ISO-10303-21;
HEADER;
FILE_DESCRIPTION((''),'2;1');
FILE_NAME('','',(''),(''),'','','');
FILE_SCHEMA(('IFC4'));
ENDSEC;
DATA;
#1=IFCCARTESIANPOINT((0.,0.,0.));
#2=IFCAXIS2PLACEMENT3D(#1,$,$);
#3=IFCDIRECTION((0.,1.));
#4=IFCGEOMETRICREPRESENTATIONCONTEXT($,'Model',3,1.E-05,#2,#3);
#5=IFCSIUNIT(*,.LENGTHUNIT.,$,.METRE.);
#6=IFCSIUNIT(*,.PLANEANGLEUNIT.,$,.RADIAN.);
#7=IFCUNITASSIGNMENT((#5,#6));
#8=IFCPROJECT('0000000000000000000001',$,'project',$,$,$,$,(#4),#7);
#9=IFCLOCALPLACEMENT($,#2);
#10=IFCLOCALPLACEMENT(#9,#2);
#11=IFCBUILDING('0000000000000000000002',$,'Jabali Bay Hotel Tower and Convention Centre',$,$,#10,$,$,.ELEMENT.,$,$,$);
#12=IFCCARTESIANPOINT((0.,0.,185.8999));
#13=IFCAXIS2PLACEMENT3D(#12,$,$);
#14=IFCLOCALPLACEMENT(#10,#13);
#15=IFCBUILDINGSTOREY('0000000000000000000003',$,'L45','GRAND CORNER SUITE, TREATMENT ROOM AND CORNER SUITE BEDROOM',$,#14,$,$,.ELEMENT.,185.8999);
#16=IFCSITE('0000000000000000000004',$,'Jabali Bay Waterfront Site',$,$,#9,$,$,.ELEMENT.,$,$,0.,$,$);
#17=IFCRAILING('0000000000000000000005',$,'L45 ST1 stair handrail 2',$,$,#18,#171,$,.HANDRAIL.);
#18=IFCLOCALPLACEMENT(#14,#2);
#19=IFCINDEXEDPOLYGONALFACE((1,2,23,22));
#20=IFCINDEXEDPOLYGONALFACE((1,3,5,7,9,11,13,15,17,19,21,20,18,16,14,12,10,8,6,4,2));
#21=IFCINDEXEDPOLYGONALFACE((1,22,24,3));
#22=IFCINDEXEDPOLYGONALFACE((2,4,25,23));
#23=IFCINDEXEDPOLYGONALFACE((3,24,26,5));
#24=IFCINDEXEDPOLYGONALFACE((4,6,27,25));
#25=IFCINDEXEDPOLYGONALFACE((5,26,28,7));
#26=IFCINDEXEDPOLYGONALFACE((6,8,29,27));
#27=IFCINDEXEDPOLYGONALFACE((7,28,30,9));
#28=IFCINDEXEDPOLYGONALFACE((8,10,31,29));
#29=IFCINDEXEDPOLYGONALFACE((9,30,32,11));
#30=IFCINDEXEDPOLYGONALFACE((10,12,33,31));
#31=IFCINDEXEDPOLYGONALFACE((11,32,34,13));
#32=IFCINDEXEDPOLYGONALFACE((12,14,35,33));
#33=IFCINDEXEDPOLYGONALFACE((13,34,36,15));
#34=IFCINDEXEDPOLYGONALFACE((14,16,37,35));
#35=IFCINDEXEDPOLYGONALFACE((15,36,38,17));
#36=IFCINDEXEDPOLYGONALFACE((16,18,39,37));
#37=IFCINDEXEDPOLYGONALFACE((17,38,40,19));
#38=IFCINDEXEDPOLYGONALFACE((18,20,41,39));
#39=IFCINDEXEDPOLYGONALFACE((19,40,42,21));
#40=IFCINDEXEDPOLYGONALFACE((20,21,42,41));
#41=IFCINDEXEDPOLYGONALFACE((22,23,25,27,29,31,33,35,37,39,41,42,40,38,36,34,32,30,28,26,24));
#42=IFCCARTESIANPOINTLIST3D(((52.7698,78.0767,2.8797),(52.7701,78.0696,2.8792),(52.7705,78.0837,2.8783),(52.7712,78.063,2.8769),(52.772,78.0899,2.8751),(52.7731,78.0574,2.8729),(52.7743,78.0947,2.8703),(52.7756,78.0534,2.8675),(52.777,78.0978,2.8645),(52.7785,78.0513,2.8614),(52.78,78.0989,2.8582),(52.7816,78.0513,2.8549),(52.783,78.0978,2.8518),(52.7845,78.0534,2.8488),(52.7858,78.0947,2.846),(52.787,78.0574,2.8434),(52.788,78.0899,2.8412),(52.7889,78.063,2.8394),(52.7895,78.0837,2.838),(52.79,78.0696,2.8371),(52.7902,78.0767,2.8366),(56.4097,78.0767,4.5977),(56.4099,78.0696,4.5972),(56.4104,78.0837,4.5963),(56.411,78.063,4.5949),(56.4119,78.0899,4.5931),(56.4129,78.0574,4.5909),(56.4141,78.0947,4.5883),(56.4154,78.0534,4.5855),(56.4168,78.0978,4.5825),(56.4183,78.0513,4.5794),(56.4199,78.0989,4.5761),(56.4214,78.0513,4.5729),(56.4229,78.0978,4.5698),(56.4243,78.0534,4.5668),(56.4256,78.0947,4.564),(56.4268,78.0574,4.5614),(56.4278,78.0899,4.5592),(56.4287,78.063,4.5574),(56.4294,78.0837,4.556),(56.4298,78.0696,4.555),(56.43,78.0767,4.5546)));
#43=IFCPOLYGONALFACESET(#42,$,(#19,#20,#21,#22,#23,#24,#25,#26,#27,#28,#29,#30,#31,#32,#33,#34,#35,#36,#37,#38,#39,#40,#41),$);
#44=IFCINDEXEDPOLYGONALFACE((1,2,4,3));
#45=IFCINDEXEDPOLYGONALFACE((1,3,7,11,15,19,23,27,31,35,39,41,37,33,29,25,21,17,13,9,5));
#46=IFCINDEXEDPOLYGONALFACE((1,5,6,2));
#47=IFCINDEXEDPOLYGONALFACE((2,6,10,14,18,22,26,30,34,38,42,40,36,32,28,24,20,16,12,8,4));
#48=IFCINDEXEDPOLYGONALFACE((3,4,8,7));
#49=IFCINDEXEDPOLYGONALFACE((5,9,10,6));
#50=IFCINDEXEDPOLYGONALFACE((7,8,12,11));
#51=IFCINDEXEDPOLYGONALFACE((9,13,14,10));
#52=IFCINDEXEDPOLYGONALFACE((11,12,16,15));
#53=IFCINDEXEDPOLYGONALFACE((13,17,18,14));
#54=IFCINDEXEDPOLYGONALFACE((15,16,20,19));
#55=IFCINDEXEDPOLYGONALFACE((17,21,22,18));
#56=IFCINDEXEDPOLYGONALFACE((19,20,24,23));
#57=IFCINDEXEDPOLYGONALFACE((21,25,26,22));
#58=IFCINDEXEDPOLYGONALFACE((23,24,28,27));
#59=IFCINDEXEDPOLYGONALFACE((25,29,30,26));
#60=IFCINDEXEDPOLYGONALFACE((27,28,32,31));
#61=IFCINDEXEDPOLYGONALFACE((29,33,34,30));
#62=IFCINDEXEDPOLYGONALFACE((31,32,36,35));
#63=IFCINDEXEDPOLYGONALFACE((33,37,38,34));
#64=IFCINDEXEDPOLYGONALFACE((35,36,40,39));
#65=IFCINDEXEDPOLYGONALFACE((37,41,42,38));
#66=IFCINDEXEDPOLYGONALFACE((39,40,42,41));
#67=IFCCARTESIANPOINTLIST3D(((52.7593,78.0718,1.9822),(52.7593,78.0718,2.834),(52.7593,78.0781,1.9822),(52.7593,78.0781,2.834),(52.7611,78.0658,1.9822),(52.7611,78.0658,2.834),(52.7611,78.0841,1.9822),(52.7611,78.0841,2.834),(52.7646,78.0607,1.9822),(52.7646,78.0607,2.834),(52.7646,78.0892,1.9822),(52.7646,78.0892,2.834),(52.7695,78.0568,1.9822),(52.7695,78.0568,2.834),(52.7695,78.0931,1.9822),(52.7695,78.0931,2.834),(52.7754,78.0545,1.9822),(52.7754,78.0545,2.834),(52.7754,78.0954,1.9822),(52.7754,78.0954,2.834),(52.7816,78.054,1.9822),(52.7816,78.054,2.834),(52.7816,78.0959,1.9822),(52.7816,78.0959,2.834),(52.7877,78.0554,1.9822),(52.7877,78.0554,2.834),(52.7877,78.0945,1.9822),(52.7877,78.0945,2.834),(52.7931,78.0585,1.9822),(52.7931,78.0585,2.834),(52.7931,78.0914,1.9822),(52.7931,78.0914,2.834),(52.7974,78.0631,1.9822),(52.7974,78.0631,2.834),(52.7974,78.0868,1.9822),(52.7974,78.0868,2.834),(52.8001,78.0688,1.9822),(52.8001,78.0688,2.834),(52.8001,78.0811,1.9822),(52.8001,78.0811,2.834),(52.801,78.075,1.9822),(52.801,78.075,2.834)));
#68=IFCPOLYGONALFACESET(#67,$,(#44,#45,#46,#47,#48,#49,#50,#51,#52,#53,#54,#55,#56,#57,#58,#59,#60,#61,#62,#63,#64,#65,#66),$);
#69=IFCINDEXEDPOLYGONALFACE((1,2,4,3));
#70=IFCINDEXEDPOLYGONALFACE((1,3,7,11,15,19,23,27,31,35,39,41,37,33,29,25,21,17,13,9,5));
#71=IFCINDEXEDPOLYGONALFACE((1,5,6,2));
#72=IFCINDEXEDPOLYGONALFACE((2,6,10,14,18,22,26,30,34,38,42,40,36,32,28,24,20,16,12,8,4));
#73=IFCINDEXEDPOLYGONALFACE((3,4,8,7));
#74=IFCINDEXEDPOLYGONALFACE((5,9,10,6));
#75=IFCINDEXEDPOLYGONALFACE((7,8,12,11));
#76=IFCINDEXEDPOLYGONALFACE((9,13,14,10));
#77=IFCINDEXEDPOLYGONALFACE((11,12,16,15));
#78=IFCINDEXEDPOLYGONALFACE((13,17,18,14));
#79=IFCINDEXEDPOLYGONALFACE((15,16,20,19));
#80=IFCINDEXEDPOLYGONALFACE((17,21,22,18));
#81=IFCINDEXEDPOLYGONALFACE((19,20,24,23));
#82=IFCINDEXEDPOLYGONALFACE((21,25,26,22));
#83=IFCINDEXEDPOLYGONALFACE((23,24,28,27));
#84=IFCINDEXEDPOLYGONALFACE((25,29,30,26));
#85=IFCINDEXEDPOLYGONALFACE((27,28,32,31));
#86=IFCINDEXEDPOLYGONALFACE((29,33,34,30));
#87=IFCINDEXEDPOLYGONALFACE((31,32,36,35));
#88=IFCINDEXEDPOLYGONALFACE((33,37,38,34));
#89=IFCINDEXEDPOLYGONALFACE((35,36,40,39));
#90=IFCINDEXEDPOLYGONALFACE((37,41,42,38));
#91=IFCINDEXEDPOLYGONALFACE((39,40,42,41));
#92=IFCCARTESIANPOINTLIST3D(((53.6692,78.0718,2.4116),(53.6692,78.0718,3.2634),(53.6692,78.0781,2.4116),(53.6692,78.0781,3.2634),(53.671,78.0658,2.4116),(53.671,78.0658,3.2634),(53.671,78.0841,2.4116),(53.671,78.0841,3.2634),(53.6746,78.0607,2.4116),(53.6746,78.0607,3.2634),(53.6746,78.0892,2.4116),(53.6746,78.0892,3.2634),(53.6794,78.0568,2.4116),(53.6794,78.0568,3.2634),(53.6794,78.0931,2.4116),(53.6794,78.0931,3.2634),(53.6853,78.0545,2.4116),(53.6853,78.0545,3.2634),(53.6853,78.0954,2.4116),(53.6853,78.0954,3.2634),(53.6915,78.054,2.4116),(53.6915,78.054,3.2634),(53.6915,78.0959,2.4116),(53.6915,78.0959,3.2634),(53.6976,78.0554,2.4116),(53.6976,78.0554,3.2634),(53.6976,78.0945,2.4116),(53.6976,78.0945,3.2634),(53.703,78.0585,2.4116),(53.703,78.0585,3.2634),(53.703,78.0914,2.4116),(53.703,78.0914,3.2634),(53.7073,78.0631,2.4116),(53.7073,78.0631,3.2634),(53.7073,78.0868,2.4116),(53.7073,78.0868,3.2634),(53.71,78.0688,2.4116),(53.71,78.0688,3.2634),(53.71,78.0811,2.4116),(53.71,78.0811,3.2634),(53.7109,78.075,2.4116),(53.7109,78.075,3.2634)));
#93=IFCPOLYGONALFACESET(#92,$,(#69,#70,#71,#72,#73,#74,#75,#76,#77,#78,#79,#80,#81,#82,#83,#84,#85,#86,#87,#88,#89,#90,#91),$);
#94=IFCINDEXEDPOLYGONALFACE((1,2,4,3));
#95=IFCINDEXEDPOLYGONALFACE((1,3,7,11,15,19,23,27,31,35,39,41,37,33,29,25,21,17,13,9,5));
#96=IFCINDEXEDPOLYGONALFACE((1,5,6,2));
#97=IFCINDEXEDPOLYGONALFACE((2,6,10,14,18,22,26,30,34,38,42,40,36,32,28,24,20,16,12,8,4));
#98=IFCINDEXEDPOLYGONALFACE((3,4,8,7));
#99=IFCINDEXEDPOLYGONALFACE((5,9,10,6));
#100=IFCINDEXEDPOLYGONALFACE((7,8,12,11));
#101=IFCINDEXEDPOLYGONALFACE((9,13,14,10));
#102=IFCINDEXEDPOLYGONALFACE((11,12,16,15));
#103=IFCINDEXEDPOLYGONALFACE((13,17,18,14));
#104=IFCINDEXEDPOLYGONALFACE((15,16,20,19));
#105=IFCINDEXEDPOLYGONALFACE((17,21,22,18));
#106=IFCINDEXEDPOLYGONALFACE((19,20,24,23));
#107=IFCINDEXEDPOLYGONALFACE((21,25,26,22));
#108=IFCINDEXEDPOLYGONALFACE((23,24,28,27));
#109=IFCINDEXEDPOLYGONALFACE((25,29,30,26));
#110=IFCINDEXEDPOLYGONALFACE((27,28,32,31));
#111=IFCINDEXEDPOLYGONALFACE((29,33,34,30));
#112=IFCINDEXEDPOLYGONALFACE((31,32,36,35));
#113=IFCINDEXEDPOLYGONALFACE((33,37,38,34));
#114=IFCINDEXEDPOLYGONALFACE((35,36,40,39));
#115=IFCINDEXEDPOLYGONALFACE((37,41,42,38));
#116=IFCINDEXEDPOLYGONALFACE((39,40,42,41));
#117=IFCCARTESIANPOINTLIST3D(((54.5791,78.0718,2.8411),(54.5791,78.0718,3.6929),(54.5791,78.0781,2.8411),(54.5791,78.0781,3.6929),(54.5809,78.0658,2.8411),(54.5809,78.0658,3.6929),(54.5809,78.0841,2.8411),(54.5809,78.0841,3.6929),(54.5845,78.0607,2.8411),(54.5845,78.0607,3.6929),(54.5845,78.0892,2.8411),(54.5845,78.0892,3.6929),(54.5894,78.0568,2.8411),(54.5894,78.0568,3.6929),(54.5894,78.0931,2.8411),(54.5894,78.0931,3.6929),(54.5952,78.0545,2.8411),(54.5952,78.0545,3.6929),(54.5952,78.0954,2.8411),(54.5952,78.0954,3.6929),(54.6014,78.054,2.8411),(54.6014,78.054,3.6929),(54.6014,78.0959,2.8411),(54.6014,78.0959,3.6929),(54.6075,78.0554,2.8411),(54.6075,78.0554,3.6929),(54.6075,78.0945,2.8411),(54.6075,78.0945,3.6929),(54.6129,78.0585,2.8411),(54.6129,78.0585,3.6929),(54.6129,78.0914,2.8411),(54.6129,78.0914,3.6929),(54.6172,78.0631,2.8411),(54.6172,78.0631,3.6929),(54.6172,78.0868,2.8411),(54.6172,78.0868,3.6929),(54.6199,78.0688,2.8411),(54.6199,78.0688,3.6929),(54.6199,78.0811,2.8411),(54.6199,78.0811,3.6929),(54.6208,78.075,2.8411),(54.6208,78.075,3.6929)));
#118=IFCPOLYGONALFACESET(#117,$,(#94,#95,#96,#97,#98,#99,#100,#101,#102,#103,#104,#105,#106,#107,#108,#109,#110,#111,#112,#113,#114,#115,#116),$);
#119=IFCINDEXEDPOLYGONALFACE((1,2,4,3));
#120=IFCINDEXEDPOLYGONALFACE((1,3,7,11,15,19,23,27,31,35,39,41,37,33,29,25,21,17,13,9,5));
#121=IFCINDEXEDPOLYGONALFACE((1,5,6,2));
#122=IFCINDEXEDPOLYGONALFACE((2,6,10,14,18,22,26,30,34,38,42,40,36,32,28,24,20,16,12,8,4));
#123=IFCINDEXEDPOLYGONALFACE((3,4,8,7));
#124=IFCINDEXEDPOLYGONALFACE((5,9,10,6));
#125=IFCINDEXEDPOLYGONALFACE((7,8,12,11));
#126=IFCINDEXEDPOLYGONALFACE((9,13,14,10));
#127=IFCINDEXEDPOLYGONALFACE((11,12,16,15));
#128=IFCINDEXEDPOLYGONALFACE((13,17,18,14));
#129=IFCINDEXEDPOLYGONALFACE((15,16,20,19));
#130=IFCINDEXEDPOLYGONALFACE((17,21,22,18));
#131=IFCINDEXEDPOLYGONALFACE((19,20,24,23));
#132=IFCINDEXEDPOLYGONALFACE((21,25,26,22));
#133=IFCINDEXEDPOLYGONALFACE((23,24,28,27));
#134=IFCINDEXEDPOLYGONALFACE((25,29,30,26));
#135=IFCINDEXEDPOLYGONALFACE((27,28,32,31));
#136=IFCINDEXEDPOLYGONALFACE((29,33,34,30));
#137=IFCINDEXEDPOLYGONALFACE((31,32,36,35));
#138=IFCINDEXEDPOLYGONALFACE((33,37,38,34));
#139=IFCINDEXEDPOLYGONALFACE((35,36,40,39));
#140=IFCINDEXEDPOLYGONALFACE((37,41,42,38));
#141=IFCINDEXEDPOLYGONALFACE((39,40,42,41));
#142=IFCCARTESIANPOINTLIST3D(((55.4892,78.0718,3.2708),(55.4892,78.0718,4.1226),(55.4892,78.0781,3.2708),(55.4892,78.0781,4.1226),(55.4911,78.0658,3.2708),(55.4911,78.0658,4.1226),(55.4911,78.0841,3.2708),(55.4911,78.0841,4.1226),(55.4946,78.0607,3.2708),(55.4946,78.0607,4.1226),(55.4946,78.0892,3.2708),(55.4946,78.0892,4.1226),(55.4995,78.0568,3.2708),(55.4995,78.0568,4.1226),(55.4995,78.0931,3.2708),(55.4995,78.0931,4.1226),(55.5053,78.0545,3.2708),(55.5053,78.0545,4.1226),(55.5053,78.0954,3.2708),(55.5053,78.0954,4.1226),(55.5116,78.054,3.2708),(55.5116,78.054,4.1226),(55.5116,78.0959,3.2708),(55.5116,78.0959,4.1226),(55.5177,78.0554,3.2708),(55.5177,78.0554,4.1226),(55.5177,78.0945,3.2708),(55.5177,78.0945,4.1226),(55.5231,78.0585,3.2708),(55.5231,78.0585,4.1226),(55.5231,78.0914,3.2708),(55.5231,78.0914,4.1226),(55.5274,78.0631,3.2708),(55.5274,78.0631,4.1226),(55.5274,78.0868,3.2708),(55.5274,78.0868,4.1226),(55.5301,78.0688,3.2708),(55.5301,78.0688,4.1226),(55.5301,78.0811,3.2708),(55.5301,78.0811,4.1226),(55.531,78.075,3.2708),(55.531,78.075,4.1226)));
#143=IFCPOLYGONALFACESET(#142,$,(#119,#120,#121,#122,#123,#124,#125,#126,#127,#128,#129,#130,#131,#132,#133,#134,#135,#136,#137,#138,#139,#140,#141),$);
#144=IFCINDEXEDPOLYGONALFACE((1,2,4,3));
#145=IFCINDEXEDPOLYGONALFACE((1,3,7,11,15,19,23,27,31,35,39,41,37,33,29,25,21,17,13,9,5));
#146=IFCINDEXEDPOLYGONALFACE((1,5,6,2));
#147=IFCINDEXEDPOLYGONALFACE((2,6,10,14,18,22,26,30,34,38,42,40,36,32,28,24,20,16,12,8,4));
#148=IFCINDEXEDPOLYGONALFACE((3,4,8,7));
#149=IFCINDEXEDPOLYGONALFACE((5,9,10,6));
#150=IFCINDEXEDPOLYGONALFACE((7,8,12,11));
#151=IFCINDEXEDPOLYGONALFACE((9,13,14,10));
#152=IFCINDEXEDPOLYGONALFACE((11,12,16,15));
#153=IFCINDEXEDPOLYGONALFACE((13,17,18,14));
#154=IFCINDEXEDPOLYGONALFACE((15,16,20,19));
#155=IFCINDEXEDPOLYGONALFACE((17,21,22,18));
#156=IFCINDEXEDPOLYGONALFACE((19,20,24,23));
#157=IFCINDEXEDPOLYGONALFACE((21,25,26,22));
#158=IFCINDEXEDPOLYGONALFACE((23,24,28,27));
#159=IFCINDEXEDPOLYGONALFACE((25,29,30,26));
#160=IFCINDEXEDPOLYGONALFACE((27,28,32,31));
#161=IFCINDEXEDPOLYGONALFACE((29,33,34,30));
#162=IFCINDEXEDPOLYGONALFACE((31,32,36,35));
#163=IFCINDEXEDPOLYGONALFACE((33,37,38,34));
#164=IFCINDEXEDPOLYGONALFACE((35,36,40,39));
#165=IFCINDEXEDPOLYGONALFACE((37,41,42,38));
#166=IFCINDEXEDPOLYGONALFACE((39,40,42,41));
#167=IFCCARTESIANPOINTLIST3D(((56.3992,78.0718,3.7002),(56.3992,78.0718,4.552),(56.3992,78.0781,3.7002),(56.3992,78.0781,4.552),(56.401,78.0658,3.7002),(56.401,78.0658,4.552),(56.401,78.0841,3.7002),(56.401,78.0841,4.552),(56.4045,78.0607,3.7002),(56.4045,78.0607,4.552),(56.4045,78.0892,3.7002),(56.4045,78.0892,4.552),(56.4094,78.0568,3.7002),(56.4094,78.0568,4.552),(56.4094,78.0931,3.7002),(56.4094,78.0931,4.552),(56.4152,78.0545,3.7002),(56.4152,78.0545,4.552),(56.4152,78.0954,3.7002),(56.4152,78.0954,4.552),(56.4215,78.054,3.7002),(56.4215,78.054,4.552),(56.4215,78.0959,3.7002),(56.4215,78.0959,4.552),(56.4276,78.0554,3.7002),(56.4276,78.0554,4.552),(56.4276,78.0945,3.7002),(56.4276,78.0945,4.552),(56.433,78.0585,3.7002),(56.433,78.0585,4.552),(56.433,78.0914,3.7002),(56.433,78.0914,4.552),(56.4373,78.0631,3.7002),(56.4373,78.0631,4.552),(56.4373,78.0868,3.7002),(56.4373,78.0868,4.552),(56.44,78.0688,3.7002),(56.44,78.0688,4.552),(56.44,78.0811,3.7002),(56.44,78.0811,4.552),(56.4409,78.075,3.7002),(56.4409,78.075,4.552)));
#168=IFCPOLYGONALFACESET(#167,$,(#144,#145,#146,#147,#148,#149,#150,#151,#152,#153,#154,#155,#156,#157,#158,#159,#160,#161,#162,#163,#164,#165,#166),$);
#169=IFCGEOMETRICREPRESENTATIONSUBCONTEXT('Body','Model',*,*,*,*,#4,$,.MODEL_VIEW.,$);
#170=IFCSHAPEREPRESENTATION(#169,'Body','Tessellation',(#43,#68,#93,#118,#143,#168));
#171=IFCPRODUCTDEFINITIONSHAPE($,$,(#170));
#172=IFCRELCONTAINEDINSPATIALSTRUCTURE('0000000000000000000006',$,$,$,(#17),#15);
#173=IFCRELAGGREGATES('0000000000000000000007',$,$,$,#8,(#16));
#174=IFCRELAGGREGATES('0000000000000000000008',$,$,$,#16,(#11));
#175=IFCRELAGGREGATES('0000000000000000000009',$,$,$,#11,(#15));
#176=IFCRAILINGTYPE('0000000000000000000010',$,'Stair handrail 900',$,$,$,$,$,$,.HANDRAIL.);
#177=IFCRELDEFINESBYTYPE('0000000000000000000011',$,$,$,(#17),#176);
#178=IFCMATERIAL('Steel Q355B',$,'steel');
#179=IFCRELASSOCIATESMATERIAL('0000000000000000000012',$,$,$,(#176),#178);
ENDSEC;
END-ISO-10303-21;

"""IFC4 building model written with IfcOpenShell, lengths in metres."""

from ifc_helpers import new_model, si_unit, direction, frame, origin, origin_2d, place, context, subcontext, project, spatial, circle, extrude, material, type_object, element, save


model = new_model("IFC4")

# Units and contexts
model_context = context("Model", 3, precision=1e-05, world=origin(), true_north=direction((0.0, 1.0)))
body_context = subcontext(model_context, "Body", "Model", "MODEL_VIEW")
ifc_project = project(units=[si_unit("LENGTHUNIT", "METRE"), si_unit("PLANEANGLEUNIT", "RADIAN")], contexts=[model_context])

# Site, building, storey
site_placement = place(None, origin())
site = spatial("IfcSite", under=ifc_project, at=site_placement, Name="Jabali Bay Waterfront Site", CompositionType="ELEMENT", RefElevation=0.0)
building_placement = place(site_placement, origin())
building = spatial("IfcBuilding", under=site, at=building_placement, Name="Jabali Bay Hotel Tower and Convention Centre", CompositionType="ELEMENT")
storey_placement = place(building_placement, frame((0.0, 0.0, 185.8999)))
storey = spatial("IfcBuildingStorey", under=building, at=storey_placement, Name="L45", Description="GRAND CORNER SUITE, TREATMENT ROOM AND CORNER SUITE BEDROOM", CompositionType="ELEMENT", Elevation=185.8999)

# Railing
ifc_material_1 = material(Name="Steel Q355B", Category="steel")
railing_type = type_object("IfcRailingType", Name="Stair handrail 900", PredefinedType="HANDRAIL", material=ifc_material_1)
railing_placement = place(storey_placement, frame((52.78, 78.075, 1.9822)))
element("IfcRailing", 1, at=railing_placement, inside=storey, type_object=railing_type, Name="L45 ST1 stair handrail 2", PredefinedType="HANDRAIL", context=body_context, shape_type="SweptSolid", body=[
    extrude(circle(Radius=0.0239, at=origin_2d()), frame((0.0, 0.0, 0.876), z_axis=(0.904327, 0.0, 0.42684), x_axis=(0.0, 1.0, 0.0)), (0.0, 0.0, 1.0), 4.0249),
    extrude(circle(Radius=0.021, at=origin_2d()), origin(), (0.0, 0.0, 1.0), 0.8518),
    extrude(circle(Radius=0.021, at=origin_2d()), frame((0.9099, 0.0, 0.4294)), (0.0, 0.0, 1.0), 0.8518),
    extrude(circle(Radius=0.021, at=origin_2d()), frame((1.8198, 0.0, 0.8589)), (0.0, 0.0, 1.0), 0.8518),
    extrude(circle(Radius=0.021, at=origin_2d()), frame((2.73, 0.0, 1.2886)), (0.0, 0.0, 1.0), 0.8518),
    extrude(circle(Radius=0.021, at=origin_2d()), frame((3.6399, 0.0, 1.718)), (0.0, 0.0, 1.0), 0.8518),
])

save(model, "model.ifc")
